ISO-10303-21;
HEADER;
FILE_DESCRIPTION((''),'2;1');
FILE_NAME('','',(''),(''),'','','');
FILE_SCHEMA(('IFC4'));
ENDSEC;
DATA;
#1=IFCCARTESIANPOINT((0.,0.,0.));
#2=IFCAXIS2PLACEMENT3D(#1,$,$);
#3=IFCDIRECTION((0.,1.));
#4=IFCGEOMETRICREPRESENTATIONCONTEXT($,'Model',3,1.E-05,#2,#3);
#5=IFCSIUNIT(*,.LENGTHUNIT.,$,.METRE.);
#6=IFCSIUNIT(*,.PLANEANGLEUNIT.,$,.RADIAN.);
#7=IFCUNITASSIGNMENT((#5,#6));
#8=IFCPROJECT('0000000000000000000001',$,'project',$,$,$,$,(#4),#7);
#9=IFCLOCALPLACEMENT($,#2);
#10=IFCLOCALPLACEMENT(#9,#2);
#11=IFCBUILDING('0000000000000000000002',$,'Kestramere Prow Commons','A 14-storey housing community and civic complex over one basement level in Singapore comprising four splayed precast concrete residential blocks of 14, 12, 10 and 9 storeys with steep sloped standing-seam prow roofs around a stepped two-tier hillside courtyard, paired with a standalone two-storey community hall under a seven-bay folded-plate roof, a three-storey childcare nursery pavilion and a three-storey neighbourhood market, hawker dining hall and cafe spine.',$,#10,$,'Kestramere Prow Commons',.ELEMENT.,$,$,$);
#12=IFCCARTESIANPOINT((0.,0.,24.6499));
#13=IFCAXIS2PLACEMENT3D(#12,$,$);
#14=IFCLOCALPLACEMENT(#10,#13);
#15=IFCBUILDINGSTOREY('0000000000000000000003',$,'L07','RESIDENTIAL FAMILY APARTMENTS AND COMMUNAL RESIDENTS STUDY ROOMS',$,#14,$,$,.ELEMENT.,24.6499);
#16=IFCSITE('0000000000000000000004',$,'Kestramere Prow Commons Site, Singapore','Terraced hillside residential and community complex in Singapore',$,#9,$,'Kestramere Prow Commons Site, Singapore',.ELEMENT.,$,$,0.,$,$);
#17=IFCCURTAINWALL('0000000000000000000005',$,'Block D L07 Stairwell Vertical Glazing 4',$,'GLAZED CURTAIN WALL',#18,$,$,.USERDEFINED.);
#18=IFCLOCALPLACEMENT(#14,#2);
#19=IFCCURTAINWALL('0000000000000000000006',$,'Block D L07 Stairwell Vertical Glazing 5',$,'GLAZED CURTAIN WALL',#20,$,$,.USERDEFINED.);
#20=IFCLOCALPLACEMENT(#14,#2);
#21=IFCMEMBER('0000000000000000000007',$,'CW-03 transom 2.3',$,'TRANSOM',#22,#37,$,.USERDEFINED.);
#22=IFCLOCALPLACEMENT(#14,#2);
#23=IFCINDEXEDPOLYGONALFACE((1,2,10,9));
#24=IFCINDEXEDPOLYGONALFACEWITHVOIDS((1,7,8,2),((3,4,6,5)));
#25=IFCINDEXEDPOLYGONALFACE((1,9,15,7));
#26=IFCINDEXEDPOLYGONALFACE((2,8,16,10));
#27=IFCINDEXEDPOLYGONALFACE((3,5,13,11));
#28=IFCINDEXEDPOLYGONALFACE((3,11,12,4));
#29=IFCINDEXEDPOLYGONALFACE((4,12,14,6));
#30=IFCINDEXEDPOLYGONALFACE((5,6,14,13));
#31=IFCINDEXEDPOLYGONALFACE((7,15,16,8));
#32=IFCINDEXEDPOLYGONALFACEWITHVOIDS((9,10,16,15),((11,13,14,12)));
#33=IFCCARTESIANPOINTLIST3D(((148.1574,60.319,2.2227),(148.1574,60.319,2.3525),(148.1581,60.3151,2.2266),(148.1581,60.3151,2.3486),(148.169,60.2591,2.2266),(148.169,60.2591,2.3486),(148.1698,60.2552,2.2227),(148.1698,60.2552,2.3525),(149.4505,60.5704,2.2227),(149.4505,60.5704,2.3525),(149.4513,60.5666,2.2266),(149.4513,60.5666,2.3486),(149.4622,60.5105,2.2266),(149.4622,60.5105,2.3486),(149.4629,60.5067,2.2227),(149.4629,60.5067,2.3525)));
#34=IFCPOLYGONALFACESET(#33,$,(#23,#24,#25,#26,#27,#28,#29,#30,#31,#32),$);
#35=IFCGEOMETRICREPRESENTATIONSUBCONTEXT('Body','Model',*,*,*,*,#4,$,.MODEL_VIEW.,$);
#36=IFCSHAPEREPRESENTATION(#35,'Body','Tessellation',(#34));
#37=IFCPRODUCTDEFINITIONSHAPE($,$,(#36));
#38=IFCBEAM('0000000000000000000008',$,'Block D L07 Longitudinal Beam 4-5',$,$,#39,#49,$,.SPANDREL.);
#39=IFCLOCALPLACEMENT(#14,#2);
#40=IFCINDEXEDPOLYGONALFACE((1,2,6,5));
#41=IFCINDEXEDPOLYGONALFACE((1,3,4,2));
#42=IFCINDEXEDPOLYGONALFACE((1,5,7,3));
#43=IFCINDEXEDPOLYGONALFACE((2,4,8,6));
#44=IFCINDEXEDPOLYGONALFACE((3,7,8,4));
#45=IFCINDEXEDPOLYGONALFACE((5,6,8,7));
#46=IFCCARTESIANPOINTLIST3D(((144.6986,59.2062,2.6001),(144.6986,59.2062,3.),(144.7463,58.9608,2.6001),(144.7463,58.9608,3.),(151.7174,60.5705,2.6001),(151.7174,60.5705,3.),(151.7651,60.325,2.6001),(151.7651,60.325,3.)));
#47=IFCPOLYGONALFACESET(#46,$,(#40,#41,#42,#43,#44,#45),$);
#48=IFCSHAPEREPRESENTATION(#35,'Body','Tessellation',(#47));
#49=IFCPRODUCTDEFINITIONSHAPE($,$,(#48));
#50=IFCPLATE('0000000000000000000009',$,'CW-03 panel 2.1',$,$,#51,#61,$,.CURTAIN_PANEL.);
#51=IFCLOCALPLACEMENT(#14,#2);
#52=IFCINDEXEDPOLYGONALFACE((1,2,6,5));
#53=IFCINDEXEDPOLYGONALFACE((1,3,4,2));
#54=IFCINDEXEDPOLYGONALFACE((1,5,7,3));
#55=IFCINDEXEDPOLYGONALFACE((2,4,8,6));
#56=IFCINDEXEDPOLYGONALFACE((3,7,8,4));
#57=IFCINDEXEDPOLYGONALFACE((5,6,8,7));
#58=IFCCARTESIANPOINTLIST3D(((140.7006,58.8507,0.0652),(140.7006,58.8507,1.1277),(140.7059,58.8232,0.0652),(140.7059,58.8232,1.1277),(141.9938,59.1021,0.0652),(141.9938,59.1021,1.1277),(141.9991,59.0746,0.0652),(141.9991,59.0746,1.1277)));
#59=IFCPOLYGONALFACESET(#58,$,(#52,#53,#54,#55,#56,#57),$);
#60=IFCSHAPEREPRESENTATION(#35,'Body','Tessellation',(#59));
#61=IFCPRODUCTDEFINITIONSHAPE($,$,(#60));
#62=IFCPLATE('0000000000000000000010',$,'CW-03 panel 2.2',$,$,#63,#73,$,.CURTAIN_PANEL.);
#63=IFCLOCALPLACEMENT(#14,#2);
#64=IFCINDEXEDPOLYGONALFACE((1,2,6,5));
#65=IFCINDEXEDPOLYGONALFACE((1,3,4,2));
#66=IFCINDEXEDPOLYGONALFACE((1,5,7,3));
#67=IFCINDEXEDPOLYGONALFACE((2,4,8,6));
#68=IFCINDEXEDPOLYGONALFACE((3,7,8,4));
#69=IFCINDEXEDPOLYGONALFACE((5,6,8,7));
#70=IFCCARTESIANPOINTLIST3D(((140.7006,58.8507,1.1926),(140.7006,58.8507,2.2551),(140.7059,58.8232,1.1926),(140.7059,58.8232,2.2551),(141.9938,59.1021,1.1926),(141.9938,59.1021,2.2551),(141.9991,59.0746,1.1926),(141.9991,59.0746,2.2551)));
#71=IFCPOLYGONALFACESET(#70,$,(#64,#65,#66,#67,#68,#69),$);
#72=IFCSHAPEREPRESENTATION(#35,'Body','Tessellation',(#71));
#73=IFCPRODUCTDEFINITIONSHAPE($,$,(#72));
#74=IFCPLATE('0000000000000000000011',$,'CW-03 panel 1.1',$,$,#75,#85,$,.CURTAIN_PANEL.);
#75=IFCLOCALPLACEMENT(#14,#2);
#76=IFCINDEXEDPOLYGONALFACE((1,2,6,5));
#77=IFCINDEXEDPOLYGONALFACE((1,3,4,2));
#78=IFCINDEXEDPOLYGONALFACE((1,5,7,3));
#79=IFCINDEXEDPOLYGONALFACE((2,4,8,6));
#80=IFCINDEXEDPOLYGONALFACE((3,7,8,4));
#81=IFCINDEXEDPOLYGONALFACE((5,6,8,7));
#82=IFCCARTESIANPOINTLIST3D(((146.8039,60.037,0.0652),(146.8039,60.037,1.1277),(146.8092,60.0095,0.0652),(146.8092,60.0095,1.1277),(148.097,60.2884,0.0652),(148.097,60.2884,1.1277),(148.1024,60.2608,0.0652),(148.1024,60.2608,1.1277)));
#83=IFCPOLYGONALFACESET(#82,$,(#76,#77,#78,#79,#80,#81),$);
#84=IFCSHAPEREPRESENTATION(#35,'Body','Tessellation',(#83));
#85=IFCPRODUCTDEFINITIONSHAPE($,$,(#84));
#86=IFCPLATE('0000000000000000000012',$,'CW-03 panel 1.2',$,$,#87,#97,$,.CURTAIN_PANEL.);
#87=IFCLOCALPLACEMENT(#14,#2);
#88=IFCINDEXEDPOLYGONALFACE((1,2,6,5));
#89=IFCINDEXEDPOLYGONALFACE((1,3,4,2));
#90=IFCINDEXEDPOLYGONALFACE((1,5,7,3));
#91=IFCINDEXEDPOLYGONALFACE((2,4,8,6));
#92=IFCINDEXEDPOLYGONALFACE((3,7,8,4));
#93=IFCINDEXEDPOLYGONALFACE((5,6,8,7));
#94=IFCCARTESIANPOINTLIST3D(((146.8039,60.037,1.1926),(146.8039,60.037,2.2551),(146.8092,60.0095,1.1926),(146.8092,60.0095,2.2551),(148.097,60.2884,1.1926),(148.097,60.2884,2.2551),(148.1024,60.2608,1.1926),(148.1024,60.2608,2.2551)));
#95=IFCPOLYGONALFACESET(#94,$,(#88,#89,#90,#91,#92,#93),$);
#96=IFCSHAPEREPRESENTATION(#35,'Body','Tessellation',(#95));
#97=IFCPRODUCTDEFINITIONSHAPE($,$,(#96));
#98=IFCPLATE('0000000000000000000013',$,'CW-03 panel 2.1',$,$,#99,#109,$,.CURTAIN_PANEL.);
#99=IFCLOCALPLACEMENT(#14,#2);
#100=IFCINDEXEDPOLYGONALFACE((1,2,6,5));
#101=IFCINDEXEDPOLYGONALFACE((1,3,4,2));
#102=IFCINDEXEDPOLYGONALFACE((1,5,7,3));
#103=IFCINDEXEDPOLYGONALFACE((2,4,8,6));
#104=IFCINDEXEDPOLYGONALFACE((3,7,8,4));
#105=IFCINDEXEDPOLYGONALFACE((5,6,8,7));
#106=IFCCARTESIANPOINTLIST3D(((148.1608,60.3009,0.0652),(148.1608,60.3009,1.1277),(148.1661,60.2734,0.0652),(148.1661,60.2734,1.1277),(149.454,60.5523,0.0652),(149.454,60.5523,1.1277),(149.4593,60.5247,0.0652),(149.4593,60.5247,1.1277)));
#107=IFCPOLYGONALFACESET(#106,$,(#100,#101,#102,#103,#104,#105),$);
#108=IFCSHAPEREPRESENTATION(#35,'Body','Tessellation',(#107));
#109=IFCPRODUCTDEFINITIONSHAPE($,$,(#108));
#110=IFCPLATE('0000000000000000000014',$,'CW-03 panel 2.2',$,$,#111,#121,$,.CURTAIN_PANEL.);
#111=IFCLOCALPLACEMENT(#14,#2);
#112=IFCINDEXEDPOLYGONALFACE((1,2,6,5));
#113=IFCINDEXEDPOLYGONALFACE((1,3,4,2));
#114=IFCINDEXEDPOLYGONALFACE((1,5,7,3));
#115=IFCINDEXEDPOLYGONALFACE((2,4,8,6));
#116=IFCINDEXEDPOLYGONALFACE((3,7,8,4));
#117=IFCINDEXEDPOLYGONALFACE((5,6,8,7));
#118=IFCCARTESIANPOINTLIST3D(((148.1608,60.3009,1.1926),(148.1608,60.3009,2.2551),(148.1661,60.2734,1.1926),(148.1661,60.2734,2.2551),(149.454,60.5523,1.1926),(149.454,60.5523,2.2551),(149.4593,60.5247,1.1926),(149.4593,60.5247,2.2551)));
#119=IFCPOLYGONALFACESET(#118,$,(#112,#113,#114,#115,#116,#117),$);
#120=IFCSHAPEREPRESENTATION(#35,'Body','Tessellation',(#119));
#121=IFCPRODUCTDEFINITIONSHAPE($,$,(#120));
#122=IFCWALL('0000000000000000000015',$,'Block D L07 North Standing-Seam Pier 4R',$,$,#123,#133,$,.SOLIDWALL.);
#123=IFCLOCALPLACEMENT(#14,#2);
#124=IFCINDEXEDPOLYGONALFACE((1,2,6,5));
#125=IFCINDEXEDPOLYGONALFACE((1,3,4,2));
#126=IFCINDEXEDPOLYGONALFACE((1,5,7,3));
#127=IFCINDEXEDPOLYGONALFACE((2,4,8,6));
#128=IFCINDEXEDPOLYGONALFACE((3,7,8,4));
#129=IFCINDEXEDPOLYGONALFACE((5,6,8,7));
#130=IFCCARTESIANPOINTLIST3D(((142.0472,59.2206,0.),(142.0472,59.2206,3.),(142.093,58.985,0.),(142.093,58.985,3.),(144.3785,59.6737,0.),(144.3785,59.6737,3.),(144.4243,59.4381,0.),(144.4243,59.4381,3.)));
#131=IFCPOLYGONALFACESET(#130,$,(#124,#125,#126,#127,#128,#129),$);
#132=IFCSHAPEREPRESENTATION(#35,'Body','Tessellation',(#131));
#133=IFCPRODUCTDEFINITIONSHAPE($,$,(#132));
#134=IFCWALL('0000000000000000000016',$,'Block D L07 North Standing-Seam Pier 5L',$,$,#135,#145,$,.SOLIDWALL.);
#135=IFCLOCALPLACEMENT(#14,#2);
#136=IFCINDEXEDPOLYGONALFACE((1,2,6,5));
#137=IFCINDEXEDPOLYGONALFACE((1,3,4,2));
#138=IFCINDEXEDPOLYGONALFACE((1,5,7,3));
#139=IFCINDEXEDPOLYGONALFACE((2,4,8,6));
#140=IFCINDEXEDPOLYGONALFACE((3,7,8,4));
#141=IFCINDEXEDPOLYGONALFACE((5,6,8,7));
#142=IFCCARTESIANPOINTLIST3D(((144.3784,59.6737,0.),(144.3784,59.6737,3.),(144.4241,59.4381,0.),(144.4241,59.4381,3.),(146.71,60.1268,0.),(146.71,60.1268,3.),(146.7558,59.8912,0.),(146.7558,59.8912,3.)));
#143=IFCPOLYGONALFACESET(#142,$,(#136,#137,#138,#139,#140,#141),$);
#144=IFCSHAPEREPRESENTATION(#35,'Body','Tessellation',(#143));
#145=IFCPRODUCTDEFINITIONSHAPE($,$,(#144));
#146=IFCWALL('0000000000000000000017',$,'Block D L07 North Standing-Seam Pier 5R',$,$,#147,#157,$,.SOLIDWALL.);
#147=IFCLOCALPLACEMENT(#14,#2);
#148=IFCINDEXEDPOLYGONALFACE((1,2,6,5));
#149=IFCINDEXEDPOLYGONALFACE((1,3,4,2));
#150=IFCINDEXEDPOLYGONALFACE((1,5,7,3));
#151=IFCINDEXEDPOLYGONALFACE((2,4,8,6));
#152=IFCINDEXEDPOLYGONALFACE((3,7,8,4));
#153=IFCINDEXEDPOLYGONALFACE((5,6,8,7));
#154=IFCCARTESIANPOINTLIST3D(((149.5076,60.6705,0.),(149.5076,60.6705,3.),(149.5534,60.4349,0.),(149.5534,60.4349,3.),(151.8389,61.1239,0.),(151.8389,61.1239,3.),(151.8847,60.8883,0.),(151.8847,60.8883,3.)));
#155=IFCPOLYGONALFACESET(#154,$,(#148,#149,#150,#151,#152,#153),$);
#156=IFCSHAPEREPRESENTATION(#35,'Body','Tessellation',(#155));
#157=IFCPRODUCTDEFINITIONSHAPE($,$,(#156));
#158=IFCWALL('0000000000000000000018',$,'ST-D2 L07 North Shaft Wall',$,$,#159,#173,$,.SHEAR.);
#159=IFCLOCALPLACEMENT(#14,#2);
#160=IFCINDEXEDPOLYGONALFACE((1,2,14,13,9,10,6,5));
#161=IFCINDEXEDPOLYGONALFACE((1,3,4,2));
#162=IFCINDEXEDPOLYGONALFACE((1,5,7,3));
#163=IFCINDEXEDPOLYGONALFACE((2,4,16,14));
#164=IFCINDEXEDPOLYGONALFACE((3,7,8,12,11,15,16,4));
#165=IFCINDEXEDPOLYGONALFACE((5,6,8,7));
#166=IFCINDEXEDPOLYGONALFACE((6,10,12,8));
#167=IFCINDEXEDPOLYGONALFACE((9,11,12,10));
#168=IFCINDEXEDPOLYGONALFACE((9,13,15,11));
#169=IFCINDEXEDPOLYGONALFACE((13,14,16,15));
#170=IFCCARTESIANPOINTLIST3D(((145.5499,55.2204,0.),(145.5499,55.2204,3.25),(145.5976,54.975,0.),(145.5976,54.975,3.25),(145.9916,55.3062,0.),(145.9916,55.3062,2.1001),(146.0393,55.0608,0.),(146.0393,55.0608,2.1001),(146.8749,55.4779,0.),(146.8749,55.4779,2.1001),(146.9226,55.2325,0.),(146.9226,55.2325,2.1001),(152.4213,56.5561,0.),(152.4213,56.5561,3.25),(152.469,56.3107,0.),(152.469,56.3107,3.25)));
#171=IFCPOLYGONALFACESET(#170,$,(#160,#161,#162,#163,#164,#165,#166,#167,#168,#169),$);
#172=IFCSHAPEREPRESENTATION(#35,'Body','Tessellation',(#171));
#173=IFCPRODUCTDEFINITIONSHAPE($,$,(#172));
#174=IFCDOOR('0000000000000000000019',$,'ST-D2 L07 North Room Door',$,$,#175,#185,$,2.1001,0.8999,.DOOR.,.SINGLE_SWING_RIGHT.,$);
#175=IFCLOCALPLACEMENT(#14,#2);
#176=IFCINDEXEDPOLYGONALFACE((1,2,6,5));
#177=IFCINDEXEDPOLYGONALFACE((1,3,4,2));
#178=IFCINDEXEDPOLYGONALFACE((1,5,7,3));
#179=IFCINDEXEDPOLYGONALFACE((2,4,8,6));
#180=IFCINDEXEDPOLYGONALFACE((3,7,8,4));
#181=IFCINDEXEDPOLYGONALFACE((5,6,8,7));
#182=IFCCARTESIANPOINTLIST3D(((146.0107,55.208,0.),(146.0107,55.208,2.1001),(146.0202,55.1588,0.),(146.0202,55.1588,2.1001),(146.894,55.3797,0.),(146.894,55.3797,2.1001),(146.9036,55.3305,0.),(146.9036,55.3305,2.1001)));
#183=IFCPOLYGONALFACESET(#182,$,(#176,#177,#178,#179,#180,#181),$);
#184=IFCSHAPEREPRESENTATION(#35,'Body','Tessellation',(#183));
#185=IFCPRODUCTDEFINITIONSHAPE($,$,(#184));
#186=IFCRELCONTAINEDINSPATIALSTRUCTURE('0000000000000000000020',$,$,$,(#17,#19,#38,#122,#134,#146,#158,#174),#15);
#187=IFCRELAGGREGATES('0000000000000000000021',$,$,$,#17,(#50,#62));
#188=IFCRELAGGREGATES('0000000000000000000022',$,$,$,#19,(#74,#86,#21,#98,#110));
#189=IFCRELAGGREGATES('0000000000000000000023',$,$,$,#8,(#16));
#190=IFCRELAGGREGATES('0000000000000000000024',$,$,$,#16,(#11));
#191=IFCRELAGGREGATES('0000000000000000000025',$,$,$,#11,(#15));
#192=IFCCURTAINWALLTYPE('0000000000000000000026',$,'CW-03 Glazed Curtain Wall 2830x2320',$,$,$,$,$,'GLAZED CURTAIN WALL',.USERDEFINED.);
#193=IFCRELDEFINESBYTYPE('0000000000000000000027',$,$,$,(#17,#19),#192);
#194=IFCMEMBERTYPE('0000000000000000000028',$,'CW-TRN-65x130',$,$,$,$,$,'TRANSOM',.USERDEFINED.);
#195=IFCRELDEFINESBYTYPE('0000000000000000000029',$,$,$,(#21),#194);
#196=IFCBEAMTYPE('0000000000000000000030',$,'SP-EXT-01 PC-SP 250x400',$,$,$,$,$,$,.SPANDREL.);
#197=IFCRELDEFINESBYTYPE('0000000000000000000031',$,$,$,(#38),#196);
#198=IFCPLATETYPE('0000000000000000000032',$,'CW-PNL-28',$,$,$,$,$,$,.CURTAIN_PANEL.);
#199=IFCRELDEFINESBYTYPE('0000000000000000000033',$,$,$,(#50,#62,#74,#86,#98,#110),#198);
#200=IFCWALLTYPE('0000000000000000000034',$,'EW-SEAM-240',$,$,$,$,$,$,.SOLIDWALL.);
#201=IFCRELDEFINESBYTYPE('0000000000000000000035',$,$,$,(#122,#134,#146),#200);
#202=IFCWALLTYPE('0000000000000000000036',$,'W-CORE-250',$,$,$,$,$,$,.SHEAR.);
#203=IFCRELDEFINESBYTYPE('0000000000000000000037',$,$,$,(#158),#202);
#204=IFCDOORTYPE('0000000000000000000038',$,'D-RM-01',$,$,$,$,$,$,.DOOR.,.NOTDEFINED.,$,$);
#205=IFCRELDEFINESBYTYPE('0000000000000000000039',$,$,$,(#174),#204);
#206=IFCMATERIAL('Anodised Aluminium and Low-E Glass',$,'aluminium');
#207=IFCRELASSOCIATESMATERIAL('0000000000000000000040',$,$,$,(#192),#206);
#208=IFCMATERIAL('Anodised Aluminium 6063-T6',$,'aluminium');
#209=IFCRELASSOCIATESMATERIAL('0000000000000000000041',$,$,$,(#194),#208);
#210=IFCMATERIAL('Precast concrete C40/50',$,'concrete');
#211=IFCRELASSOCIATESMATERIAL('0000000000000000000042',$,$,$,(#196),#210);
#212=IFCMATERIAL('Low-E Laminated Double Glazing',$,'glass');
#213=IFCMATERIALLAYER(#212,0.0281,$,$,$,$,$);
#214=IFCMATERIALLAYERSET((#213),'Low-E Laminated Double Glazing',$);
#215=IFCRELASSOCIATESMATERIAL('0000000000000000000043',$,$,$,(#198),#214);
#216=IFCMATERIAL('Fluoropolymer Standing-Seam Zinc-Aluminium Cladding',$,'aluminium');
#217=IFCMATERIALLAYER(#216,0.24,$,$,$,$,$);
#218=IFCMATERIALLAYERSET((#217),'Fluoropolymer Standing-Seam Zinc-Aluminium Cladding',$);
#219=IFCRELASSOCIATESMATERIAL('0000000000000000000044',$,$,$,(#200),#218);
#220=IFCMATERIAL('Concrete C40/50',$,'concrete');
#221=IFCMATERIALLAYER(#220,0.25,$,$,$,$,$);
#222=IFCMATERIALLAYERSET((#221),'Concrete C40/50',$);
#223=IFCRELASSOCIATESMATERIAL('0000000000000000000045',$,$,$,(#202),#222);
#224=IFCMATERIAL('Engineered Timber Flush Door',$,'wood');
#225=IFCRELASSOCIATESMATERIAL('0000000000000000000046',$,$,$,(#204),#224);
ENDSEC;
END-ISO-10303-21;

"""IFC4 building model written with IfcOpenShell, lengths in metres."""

from ifc_helpers import new_model, si_unit, direction, frame, frame_2d, origin, origin_2d, place, context, subcontext, project, spatial, rectangle, hollow_rectangle, extrude, material, layer, layer_set, material_profile, profile_set, type_object, element, fill, aggregate, save


model = new_model("IFC4")

# Units and contexts
model_context = context("Model", 3, precision=1e-05, world=origin(), true_north=direction((0.0, 1.0)))
body_context = subcontext(model_context, "Body", "Model", "MODEL_VIEW")
ifc_project = project(units=[si_unit("LENGTHUNIT", "METRE"), si_unit("PLANEANGLEUNIT", "RADIAN")], contexts=[model_context])

# Site, building, storey
site_placement = place(None, origin())
site = spatial("IfcSite", under=ifc_project, at=site_placement, Name="Kestramere Prow Commons Site, Singapore", Description="Terraced hillside residential and community complex in Singapore", LongName="Kestramere Prow Commons Site, Singapore", CompositionType="ELEMENT", RefElevation=0.0)
building_placement = place(site_placement, origin())
building = spatial("IfcBuilding", under=site, at=building_placement, Name="Kestramere Prow Commons", Description="A 14-storey housing community and civic complex over one basement level in Singapore comprising four splayed precast concrete residential blocks of 14, 12, 10 and 9 storeys with steep sloped standing-seam prow roofs around a stepped two-tier hillside courtyard, paired with a standalone two-storey community hall under a seven-bay folded-plate roof, a three-storey childcare nursery pavilion and a three-storey neighbourhood market, hawker dining hall and cafe spine.", LongName="Kestramere Prow Commons", CompositionType="ELEMENT")
storey_placement = place(building_placement, frame((0.0, 0.0, 24.6499)))
storey = spatial("IfcBuildingStorey", under=building, at=storey_placement, Name="L07", Description="RESIDENTIAL FAMILY APARTMENTS AND COMMUNAL RESIDENTS STUDY ROOMS", CompositionType="ELEMENT", Elevation=24.6499)

# Shared definitions
ifc_material_1 = material(Name="Precast concrete C40/50", Category="concrete")

# Curtain wall
ifc_material_2 = material(Name="Anodised Aluminium and Low-E Glass", Category="aluminium")
curtain_wall_type = type_object("IfcCurtainWallType", Name="CW-03 Glazed Curtain Wall 2830x2320", ElementType="GLAZED CURTAIN WALL", PredefinedType="USERDEFINED", material=ifc_material_2)
curtain_wall_1_placement = place(storey_placement, origin())
curtain_wall_1 = element("IfcCurtainWall", 1, at=curtain_wall_1_placement, inside=storey, type_object=curtain_wall_type, Name="Block D L07 Stairwell Vertical Glazing 4", ObjectType="GLAZED CURTAIN WALL", PredefinedType="USERDEFINED")
ifc_material_3 = material(Name="Anodised Aluminium 6063-T6", Category="aluminium")

# Curtain wall
curtain_wall_2_placement = place(storey_placement, origin())
curtain_wall_2 = element("IfcCurtainWall", 2, at=curtain_wall_2_placement, inside=storey, type_object=curtain_wall_type, Name="Block D L07 Stairwell Vertical Glazing 5", ObjectType="GLAZED CURTAIN WALL", PredefinedType="USERDEFINED")

# Member
ifc_material_profile_1 = material_profile(ifc_material_3, hollow_rectangle(XDim=0.0649, YDim=0.1299, WallThickness=0.0039, at=origin_2d()), Name="ALU-TRN 65x130")
ifc_profile_set_1 = profile_set([ifc_material_profile_1], Name="Anodised Aluminium 6063-T6")
member_type_1 = type_object("IfcMemberType", Name="CW-TRN-65x130", ElementType="TRANSOM", PredefinedType="USERDEFINED", material=ifc_profile_set_1)
member_1_placement = place(storey_placement, frame((148.1636, 60.2871, 2.2876), z_axis=(0.981614, 0.190875, 0.0), x_axis=(-0.190875, 0.981614, 0.0)))
member_1 = element("IfcMember", 3, at=member_1_placement, type_object=member_type_1, Name="CW-03 transom 2.3", ObjectType="TRANSOM", PredefinedType="USERDEFINED", context=body_context, shape_type="SweptSolid", body=[
    extrude(hollow_rectangle(XDim=0.0649, YDim=0.1299, WallThickness=0.0039, at=origin_2d()), origin(), (0.0, 0.0, 1.0), 1.3174),
])

# Beam
ifc_material_profile_2 = material_profile(ifc_material_1, rectangle(XDim=0.25, YDim=0.3999, at=origin_2d()), Name="PC-SP 250x400")
ifc_profile_set_2 = profile_set([ifc_material_profile_2], Name="Precast concrete C40/50")
beam_type = type_object("IfcBeamType", Name="SP-EXT-01 PC-SP 250x400", PredefinedType="SPANDREL", material=ifc_profile_set_2)
beam_placement = place(storey_placement, frame((144.7224, 59.0835, 2.8), z_axis=(0.981629, 0.190801, 0.0), x_axis=(-0.190801, 0.981629, 0.0)))
element("IfcBeam", 4, at=beam_placement, inside=storey, type_object=beam_type, Name="Block D L07 Longitudinal Beam 4-5", PredefinedType="SPANDREL", context=body_context, shape_type="SweptSolid", body=[
    extrude(rectangle(XDim=0.25, YDim=0.3999, at=origin_2d()), origin(), (0.0, 0.0, 1.0), 7.1501),
])

# Plates
ifc_material_4 = material(Name="Low-E Laminated Double Glazing", Category="glass")
ifc_layer_1 = layer(ifc_material_4, 0.0281)
ifc_layer_set_1 = layer_set([ifc_layer_1], Name="Low-E Laminated Double Glazing")
plate_type = type_object("IfcPlateType", Name="CW-PNL-28", PredefinedType="CURTAIN_PANEL", material=ifc_layer_set_1)
plate_1_placement = place(storey_placement, frame((141.3499, 58.9626, 0.0652), z_axis=(0.0, 0.0, 1.0), x_axis=(0.981627, 0.190809, 0.0)))
plate_1 = element("IfcPlate", 5, at=plate_1_placement, type_object=plate_type, Name="CW-03 panel 2.1", PredefinedType="CURTAIN_PANEL", context=body_context, shape_type="SweptSolid", body=[
    extrude(rectangle(XDim=1.3174, YDim=0.0281, at=origin_2d()), origin(), (0.0, 0.0, 1.0), 1.0625),
])
plate_2_placement = place(storey_placement, frame((141.3499, 58.9626, 1.1926), z_axis=(0.0, 0.0, 1.0), x_axis=(0.981627, 0.190809, 0.0)))
plate_2 = element("IfcPlate", 6, at=plate_2_placement, type_object=plate_type, Name="CW-03 panel 2.2", PredefinedType="CURTAIN_PANEL", context=body_context, shape_type="SweptSolid", body=[
    extrude(rectangle(XDim=1.3174, YDim=0.0281, at=origin_2d()), origin(), (0.0, 0.0, 1.0), 1.0625),
])
aggregate(curtain_wall_1, [plate_1, plate_2])
plate_3_placement = place(storey_placement, frame((147.4531, 60.1489, 0.0652), z_axis=(0.0, 0.0, 1.0), x_axis=(0.981627, 0.190809, 0.0)))
plate_3 = element("IfcPlate", 7, at=plate_3_placement, type_object=plate_type, Name="CW-03 panel 1.1", PredefinedType="CURTAIN_PANEL", context=body_context, shape_type="SweptSolid", body=[
    extrude(rectangle(XDim=1.3174, YDim=0.0281, at=origin_2d()), origin(), (0.0, 0.0, 1.0), 1.0625),
])
plate_4_placement = place(storey_placement, frame((147.4531, 60.1489, 1.1926), z_axis=(0.0, 0.0, 1.0), x_axis=(0.981627, 0.190809, 0.0)))
plate_4 = element("IfcPlate", 8, at=plate_4_placement, type_object=plate_type, Name="CW-03 panel 1.2", PredefinedType="CURTAIN_PANEL", context=body_context, shape_type="SweptSolid", body=[
    extrude(rectangle(XDim=1.3174, YDim=0.0281, at=origin_2d()), origin(), (0.0, 0.0, 1.0), 1.0625),
])
plate_5_placement = place(storey_placement, frame((148.8101, 60.4128, 0.0652), z_axis=(0.0, 0.0, 1.0), x_axis=(0.981627, 0.190809, 0.0)))
plate_5 = element("IfcPlate", 9, at=plate_5_placement, type_object=plate_type, Name="CW-03 panel 2.1", PredefinedType="CURTAIN_PANEL", context=body_context, shape_type="SweptSolid", body=[
    extrude(rectangle(XDim=1.3174, YDim=0.0281, at=origin_2d()), origin(), (0.0, 0.0, 1.0), 1.0625),
])
plate_6_placement = place(storey_placement, frame((148.8101, 60.4128, 1.1926), z_axis=(0.0, 0.0, 1.0), x_axis=(0.981627, 0.190809, 0.0)))
plate_6 = element("IfcPlate", 10, at=plate_6_placement, type_object=plate_type, Name="CW-03 panel 2.2", PredefinedType="CURTAIN_PANEL", context=body_context, shape_type="SweptSolid", body=[
    extrude(rectangle(XDim=1.3174, YDim=0.0281, at=origin_2d()), origin(), (0.0, 0.0, 1.0), 1.0625),
])
aggregate(curtain_wall_2, [plate_3, plate_4, member_1, plate_5, plate_6])

# Walls
ifc_material_5 = material(Name="Fluoropolymer Standing-Seam Zinc-Aluminium Cladding", Category="aluminium")
ifc_layer_2 = layer(ifc_material_5, 0.24)
ifc_layer_set_2 = layer_set([ifc_layer_2], Name="Fluoropolymer Standing-Seam Zinc-Aluminium Cladding")
wall_type_1 = type_object("IfcWallType", Name="EW-SEAM-240", PredefinedType="SOLIDWALL", material=ifc_layer_set_2)
wall_1_placement = place(storey_placement, frame((142.0701, 59.1028, 0.0), z_axis=(0.0, 0.0, 1.0), x_axis=(0.98163, 0.190795, 0.0)))
element("IfcWall", 11, at=wall_1_placement, inside=storey, type_object=wall_type_1, Name="Block D L07 North Standing-Seam Pier 4R", PredefinedType="SOLIDWALL", context=body_context, shape_type="SweptSolid", body=[
    extrude(rectangle(XDim=2.375, YDim=0.24, at=frame_2d((1.1875, 0.0))), origin(), (0.0, 0.0, 1.0), 3.0),
])
wall_2_placement = place(storey_placement, frame((144.4014, 59.5559, 0.0), z_axis=(0.0, 0.0, 1.0), x_axis=(0.981634, 0.190776, 0.0)))
element("IfcWall", 12, at=wall_2_placement, inside=storey, type_object=wall_type_1, Name="Block D L07 North Standing-Seam Pier 5L", PredefinedType="SOLIDWALL", context=body_context, shape_type="SweptSolid", body=[
    extrude(rectangle(XDim=2.3752, YDim=0.24, at=frame_2d((1.1875, 0.0))), origin(), (0.0, 0.0, 1.0), 3.0),
])
wall_3_placement = place(storey_placement, frame((149.5305, 60.5527, 0.0), z_axis=(0.0, 0.0, 1.0), x_axis=(0.981611, 0.190894, 0.0)))
element("IfcWall", 13, at=wall_3_placement, inside=storey, type_object=wall_type_1, Name="Block D L07 North Standing-Seam Pier 5R", PredefinedType="SOLIDWALL", context=body_context, shape_type="SweptSolid", body=[
    extrude(rectangle(XDim=2.375, YDim=0.24, at=frame_2d((1.1875, 0.0))), origin(), (0.0, 0.0, 1.0), 3.0),
])

# Wall, opening, door
ifc_material_6 = material(Name="Concrete C40/50", Category="concrete")
ifc_layer_3 = layer(ifc_material_6, 0.25)
ifc_layer_set_3 = layer_set([ifc_layer_3], Name="Concrete C40/50")
wall_type_2 = type_object("IfcWallType", Name="W-CORE-250", PredefinedType="SHEAR", material=ifc_layer_set_3)
wall_4_placement = place(storey_placement, frame((145.5737, 55.0977, 0.0), z_axis=(0.0, 0.0, 1.0), x_axis=(0.981626, 0.190815, 0.0)))
wall_4 = element("IfcWall", 14, at=wall_4_placement, inside=storey, type_object=wall_type_2, Name="ST-D2 L07 North Shaft Wall", PredefinedType="SHEAR", context=body_context, shape_type="SweptSolid", body=[
    extrude(rectangle(XDim=7.0, YDim=0.25, at=frame_2d((3.5, 0.0))), origin(), (0.0, 0.0, 1.0), 3.25),
])
opening_placement = place(wall_4_placement, frame((0.45, 0.0, 0.0)))
opening = element("IfcOpeningElement", 15, at=opening_placement, cuts=wall_4, PredefinedType="OPENING", context=body_context, shape_type="SweptSolid", body=[
    extrude(rectangle(XDim=0.8999, YDim=2.1001, at=frame_2d((0.45, 1.05))), frame((0.0, 0.1399, 0.0), z_axis=(0.0, -1.0, 0.0), x_axis=(1.0, 0.0, 0.0)), (0.0, 0.0, 1.0), 0.28),
])
ifc_material_7 = material(Name="Engineered Timber Flush Door", Category="wood")
door_type = type_object("IfcDoorType", Name="D-RM-01", OperationType="NOTDEFINED", PredefinedType="DOOR", material=ifc_material_7)
door_placement = place(opening_placement, origin())
door = element("IfcDoor", 16, at=door_placement, inside=storey, type_object=door_type, Name="ST-D2 L07 North Room Door", OperationType="SINGLE_SWING_RIGHT", OverallHeight=2.1001, OverallWidth=0.8999, PredefinedType="DOOR", context=body_context, shape_type="SweptSolid", body=[
    extrude(rectangle(XDim=0.8999, YDim=2.1001, at=frame_2d((0.45, 1.05))), frame((0.0, 0.0249, 0.0), z_axis=(0.0, -1.0, 0.0), x_axis=(1.0, 0.0, 0.0)), (0.0, 0.0, 1.0), 0.05),
])
fill(opening, door)

save(model, "model.ifc")
